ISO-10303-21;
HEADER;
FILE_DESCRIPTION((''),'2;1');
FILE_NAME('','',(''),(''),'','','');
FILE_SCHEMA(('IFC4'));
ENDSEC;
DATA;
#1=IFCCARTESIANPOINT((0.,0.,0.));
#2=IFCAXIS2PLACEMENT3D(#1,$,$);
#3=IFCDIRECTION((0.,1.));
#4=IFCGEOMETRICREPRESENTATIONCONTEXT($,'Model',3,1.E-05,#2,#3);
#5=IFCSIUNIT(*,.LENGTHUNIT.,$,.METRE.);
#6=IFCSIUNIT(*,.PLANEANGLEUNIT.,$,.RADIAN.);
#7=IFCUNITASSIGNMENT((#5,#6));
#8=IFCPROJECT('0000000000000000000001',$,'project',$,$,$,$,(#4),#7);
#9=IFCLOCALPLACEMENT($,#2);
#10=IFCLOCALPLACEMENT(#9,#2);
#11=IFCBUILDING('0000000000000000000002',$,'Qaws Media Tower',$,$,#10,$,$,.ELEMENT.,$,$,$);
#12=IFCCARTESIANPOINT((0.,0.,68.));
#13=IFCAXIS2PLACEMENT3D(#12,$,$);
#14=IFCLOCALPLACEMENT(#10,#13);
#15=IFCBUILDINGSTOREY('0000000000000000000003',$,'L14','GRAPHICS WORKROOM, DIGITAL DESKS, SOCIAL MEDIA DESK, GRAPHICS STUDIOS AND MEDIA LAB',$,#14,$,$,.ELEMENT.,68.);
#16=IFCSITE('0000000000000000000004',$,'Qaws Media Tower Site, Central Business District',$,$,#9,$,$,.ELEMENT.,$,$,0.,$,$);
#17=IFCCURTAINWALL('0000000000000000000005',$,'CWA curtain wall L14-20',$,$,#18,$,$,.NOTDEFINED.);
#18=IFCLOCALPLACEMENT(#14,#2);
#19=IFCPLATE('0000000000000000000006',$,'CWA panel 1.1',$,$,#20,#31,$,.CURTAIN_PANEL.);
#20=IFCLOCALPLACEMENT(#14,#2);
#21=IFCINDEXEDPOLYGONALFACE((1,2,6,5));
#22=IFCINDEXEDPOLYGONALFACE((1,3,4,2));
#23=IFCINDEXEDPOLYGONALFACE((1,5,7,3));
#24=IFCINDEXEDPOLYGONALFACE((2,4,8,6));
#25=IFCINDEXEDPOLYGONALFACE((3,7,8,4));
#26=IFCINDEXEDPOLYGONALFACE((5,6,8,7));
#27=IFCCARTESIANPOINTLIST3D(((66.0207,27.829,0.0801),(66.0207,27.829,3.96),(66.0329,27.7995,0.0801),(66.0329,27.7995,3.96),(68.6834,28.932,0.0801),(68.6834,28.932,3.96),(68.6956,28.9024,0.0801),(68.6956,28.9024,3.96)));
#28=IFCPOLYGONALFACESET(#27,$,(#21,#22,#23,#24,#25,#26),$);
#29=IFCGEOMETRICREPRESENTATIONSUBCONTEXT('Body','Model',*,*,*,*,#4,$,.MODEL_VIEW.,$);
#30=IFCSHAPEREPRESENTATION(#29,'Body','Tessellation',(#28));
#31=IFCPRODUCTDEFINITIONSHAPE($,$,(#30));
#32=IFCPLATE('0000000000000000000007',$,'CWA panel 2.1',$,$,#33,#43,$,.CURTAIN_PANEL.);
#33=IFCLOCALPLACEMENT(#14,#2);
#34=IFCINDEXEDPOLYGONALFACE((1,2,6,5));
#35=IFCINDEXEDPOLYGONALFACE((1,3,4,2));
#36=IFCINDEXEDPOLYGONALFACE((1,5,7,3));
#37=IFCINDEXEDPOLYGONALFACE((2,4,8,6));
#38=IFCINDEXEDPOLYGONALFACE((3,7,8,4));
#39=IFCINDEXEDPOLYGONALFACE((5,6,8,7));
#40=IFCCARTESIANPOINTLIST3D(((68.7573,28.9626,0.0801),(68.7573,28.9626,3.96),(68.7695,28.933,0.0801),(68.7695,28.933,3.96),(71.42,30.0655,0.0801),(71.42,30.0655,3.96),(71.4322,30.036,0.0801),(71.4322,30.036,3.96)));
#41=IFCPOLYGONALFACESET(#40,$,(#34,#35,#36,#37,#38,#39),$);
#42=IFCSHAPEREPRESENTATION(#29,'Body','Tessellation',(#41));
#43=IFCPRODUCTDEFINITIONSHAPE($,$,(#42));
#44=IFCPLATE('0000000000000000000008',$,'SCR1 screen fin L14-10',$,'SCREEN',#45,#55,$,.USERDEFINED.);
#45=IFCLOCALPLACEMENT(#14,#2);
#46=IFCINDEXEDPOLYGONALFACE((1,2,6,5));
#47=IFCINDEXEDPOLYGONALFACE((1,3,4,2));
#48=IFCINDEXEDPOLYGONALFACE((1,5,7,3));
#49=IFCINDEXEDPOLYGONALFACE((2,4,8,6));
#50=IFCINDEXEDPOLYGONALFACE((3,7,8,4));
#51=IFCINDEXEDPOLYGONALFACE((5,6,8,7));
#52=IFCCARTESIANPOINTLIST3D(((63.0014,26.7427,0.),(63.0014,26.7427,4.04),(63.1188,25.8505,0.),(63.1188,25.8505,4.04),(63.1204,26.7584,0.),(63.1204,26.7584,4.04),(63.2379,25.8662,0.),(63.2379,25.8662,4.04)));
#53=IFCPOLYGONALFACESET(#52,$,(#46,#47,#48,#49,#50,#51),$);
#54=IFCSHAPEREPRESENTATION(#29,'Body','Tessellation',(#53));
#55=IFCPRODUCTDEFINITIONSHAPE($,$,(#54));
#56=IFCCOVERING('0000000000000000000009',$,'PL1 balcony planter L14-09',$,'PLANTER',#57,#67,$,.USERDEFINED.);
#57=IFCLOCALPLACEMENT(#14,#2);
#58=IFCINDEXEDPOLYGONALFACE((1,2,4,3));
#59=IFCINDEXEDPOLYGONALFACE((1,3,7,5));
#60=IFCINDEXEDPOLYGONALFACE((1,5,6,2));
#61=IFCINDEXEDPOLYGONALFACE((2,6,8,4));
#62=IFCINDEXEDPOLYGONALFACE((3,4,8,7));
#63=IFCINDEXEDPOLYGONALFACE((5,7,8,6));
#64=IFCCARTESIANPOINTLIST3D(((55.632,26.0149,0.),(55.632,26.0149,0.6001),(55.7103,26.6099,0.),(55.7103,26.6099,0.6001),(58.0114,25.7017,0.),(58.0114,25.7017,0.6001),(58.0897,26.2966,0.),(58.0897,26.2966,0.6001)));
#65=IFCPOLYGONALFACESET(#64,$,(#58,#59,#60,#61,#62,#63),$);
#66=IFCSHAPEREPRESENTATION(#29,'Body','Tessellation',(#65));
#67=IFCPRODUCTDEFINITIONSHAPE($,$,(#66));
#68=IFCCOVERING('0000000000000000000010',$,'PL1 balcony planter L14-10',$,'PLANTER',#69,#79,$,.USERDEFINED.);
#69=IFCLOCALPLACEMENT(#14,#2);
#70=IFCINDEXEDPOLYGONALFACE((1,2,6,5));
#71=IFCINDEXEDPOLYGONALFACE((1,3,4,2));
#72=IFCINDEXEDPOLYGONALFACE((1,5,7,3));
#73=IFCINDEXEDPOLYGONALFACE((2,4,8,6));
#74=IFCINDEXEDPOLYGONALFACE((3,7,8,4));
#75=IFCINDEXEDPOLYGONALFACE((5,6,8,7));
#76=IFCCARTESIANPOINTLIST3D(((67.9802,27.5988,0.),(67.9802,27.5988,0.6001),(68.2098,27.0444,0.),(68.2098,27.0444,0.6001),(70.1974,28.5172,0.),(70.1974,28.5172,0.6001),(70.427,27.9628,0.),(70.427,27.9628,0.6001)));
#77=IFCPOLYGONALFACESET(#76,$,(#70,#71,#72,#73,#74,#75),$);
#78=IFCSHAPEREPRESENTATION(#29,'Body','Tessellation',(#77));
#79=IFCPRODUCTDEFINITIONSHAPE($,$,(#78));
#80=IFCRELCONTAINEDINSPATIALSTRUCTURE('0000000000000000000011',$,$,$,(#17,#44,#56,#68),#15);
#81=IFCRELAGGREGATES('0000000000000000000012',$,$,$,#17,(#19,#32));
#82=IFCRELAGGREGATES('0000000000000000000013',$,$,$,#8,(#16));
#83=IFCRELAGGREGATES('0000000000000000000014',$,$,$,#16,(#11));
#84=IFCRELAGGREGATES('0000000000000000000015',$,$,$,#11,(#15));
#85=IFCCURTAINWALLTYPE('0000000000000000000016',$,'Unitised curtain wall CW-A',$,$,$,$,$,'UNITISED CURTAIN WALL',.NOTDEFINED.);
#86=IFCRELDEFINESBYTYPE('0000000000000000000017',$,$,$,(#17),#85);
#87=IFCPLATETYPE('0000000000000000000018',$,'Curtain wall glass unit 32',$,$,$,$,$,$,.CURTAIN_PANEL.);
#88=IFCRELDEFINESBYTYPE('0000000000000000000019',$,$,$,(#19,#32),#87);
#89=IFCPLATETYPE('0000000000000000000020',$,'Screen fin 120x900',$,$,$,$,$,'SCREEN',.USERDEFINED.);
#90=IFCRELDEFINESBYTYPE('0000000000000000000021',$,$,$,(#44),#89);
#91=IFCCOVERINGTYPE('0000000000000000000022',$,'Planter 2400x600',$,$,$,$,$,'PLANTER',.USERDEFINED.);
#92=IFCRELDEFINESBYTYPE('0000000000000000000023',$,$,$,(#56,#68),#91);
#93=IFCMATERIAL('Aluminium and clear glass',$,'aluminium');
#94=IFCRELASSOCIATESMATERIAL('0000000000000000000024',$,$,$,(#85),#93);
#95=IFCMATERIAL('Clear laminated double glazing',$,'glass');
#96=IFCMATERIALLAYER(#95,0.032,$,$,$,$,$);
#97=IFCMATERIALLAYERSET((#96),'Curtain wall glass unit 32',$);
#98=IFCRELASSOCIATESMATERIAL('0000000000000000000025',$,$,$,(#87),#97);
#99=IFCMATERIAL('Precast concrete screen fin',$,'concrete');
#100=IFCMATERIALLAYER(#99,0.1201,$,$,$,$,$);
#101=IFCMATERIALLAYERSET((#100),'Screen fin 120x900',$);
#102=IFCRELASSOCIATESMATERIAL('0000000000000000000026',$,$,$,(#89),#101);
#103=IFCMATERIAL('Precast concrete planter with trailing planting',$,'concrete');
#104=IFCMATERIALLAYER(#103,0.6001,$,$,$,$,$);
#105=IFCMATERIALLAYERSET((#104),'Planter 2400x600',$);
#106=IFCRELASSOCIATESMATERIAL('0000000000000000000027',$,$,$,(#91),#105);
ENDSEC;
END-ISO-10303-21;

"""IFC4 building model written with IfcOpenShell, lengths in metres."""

from ifc_helpers import new_model, si_unit, direction, frame, origin, origin_2d, place, context, subcontext, project, spatial, rectangle, extrude, material, layer, layer_set, type_object, element, aggregate, save


model = new_model("IFC4")

# Units and contexts
model_context = context("Model", 3, precision=1e-05, world=origin(), true_north=direction((0.0, 1.0)))
body_context = subcontext(model_context, "Body", "Model", "MODEL_VIEW")
ifc_project = project(units=[si_unit("LENGTHUNIT", "METRE"), si_unit("PLANEANGLEUNIT", "RADIAN")], contexts=[model_context])

# Site, building, storey
site_placement = place(None, origin())
site = spatial("IfcSite", under=ifc_project, at=site_placement, Name="Qaws Media Tower Site, Central Business District", CompositionType="ELEMENT", RefElevation=0.0)
building_placement = place(site_placement, origin())
building = spatial("IfcBuilding", under=site, at=building_placement, Name="Qaws Media Tower", CompositionType="ELEMENT")
storey_placement = place(building_placement, frame((0.0, 0.0, 68.0)))
storey = spatial("IfcBuildingStorey", under=building, at=storey_placement, Name="L14", Description="GRAPHICS WORKROOM, DIGITAL DESKS, SOCIAL MEDIA DESK, GRAPHICS STUDIOS AND MEDIA LAB", CompositionType="ELEMENT", Elevation=68.0)

# Curtain wall
ifc_material_1 = material(Name="Aluminium and clear glass", Category="aluminium")
curtain_wall_type = type_object("IfcCurtainWallType", Name="Unitised curtain wall CW-A", ElementType="UNITISED CURTAIN WALL", PredefinedType="NOTDEFINED", material=ifc_material_1)
curtain_wall_1_placement = place(storey_placement, origin())
curtain_wall_1 = element("IfcCurtainWall", 1, at=curtain_wall_1_placement, inside=storey, type_object=curtain_wall_type, Name="CWA curtain wall L14-20", PredefinedType="NOTDEFINED")

# Plates
ifc_material_2 = material(Name="Clear laminated double glazing", Category="glass")
ifc_layer_1 = layer(ifc_material_2, 0.032)
ifc_layer_set_1 = layer_set([ifc_layer_1], Name="Curtain wall glass unit 32")
plate_type_1 = type_object("IfcPlateType", Name="Curtain wall glass unit 32", PredefinedType="CURTAIN_PANEL", material=ifc_layer_set_1)
plate_1_placement = place(storey_placement, frame((67.3582, 28.3657, 0.0801), z_axis=(0.0, 0.0, 1.0), x_axis=(0.92388, 0.382683, 0.0)))
plate_1 = element("IfcPlate", 2, at=plate_1_placement, type_object=plate_type_1, Name="CWA panel 1.1", PredefinedType="CURTAIN_PANEL", context=body_context, shape_type="SweptSolid", body=[
    extrude(rectangle(XDim=2.8821, YDim=0.032, at=origin_2d()), origin(), (0.0, 0.0, 1.0), 3.8799),
])
plate_2_placement = place(storey_placement, frame((70.0947, 29.4993, 0.0801), z_axis=(0.0, 0.0, 1.0), x_axis=(0.92388, 0.382683, 0.0)))
plate_2 = element("IfcPlate", 3, at=plate_2_placement, type_object=plate_type_1, Name="CWA panel 2.1", PredefinedType="CURTAIN_PANEL", context=body_context, shape_type="SweptSolid", body=[
    extrude(rectangle(XDim=2.8821, YDim=0.032, at=origin_2d()), origin(), (0.0, 0.0, 1.0), 3.8799),
])
aggregate(curtain_wall_1, [plate_1, plate_2])
ifc_material_3 = material(Name="Precast concrete screen fin", Category="concrete")
ifc_layer_2 = layer(ifc_material_3, 0.1201)
ifc_layer_set_2 = layer_set([ifc_layer_2], Name="Screen fin 120x900")
plate_type_2 = type_object("IfcPlateType", Name="Screen fin 120x900", ElementType="SCREEN", PredefinedType="USERDEFINED", material=ifc_layer_set_2)
plate_3_placement = place(storey_placement, frame((63.1196, 26.3044, 0.0), z_axis=(0.0, 0.0, 1.0), x_axis=(0.130526, -0.991445, 0.0)))
element("IfcPlate", 4, at=plate_3_placement, inside=storey, type_object=plate_type_2, Name="SCR1 screen fin L14-10", ObjectType="SCREEN", PredefinedType="USERDEFINED", context=body_context, shape_type="SweptSolid", body=[
    extrude(rectangle(XDim=0.8999, YDim=0.1201, at=origin_2d()), origin(), (0.0, 0.0, 1.0), 4.04),
])

# Coverings
ifc_material_4 = material(Name="Precast concrete planter with trailing planting", Category="concrete")
ifc_layer_3 = layer(ifc_material_4, 0.6001)
ifc_layer_set_3 = layer_set([ifc_layer_3], Name="Planter 2400x600")
covering_type = type_object("IfcCoveringType", Name="Planter 2400x600", ElementType="PLANTER", PredefinedType="USERDEFINED", material=ifc_layer_set_3)
for number, where, z_axis, x_axis, name in (
    (5, (56.8608, 26.1558, 0.0), (0.0, 0.0, 1.0), (0.991445, -0.130526, 0.0), "PL1 balcony planter L14-09"),
    (6, (69.2036, 27.7808, 0.0), (0.0, 0.0, 1.0), (0.92388, 0.382683, 0.0), "PL1 balcony planter L14-10"),
):
    element("IfcCovering", number, at=place(storey_placement, frame(where, z_axis=z_axis, x_axis=x_axis)), inside=storey, type_object=covering_type, Name=name, ObjectType="PLANTER", PredefinedType="USERDEFINED", context=body_context, shape_type="SweptSolid", body=[
        extrude(rectangle(XDim=2.3999, YDim=0.6001, at=origin_2d()), origin(), (0.0, 0.0, 1.0), 0.6001),
    ])

save(model, "model.ifc")
